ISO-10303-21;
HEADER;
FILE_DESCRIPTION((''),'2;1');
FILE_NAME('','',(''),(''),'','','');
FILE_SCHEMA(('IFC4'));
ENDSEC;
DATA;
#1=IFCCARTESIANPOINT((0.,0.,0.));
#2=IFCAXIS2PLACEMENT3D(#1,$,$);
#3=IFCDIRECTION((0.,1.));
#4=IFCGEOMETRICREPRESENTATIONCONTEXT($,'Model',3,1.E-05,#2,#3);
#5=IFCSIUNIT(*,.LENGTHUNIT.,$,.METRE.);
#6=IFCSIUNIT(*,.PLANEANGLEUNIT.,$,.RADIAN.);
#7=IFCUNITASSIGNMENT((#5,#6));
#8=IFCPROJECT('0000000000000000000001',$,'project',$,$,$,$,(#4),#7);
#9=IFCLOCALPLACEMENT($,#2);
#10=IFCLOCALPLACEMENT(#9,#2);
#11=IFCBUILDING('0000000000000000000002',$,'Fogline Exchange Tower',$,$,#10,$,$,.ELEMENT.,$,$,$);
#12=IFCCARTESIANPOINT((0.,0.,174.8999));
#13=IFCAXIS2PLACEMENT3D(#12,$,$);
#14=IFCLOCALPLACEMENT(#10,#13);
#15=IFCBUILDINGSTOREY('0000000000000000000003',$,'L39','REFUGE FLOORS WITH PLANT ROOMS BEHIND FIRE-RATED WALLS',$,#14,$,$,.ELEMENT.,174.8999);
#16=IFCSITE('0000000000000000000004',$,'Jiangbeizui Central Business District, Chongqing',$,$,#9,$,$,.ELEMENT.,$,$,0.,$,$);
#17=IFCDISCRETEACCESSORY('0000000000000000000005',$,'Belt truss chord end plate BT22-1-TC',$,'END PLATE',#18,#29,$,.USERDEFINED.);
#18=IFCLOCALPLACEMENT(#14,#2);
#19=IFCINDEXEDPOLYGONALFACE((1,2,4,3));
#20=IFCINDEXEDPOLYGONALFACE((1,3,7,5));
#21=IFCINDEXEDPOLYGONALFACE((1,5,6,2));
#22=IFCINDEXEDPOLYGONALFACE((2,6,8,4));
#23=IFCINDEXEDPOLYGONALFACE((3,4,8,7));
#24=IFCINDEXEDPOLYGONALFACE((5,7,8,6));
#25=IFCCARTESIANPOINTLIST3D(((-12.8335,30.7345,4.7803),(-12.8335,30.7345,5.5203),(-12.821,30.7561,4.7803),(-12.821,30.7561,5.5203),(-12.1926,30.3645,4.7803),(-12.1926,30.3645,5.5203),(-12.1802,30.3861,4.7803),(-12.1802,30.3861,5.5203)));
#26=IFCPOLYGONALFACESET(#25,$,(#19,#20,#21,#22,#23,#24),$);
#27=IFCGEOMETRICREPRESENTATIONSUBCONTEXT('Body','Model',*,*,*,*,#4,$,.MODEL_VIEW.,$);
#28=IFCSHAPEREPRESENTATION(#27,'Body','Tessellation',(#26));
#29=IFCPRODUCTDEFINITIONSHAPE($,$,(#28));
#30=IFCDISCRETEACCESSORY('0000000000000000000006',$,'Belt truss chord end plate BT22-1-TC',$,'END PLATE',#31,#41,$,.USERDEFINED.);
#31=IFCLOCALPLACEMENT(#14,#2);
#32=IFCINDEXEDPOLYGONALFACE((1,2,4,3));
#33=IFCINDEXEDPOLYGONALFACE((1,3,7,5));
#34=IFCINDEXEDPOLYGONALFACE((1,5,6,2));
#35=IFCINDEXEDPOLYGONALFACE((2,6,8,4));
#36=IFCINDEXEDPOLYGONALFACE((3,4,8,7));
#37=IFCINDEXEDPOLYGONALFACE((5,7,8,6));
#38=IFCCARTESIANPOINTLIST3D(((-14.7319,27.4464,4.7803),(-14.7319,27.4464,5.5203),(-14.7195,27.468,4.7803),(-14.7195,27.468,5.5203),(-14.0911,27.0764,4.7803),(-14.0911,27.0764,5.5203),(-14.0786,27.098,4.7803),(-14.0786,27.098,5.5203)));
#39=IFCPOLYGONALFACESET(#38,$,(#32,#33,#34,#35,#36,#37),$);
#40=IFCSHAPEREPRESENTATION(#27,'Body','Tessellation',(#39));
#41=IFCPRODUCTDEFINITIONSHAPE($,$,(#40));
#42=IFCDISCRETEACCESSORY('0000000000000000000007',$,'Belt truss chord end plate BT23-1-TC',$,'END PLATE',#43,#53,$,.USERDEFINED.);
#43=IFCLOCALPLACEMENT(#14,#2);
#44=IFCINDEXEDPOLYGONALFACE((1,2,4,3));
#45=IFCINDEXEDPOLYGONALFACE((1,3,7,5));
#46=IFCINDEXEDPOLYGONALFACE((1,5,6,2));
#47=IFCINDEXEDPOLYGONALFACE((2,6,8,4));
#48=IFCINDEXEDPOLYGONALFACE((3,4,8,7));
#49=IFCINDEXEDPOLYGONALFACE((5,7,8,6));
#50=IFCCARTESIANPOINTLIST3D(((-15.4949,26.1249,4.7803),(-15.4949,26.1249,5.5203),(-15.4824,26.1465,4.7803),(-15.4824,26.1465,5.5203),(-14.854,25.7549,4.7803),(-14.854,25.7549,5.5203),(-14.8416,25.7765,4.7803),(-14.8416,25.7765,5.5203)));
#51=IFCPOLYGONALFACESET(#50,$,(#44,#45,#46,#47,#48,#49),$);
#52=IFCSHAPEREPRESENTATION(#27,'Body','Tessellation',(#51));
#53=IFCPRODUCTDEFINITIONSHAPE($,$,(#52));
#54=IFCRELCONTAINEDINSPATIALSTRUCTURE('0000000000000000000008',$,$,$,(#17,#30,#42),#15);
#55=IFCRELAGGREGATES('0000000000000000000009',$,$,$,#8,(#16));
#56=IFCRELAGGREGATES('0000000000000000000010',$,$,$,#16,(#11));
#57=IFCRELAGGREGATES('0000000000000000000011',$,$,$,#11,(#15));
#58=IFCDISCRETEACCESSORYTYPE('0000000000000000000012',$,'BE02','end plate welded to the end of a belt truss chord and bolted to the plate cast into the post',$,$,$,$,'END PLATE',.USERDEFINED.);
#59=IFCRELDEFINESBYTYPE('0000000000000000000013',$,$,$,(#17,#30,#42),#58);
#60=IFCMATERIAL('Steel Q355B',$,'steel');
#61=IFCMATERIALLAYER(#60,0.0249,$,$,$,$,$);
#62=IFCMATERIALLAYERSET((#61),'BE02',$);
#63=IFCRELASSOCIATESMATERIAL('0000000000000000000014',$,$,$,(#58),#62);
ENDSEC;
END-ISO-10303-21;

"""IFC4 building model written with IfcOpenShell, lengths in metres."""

from ifc_helpers import new_model, si_unit, direction, frame, origin, origin_2d, place, context, subcontext, project, spatial, rectangle, extrude, material, layer, layer_set, type_object, element, save


model = new_model("IFC4")

# Units and contexts
model_context = context("Model", 3, precision=1e-05, world=origin(), true_north=direction((0.0, 1.0)))
body_context = subcontext(model_context, "Body", "Model", "MODEL_VIEW")
ifc_project = project(units=[si_unit("LENGTHUNIT", "METRE"), si_unit("PLANEANGLEUNIT", "RADIAN")], contexts=[model_context])

# Site, building, storey
site_placement = place(None, origin())
site = spatial("IfcSite", under=ifc_project, at=site_placement, Name="Jiangbeizui Central Business District, Chongqing", CompositionType="ELEMENT", RefElevation=0.0)
building_placement = place(site_placement, origin())
building = spatial("IfcBuilding", under=site, at=building_placement, Name="Fogline Exchange Tower", CompositionType="ELEMENT")
storey_placement = place(building_placement, frame((0.0, 0.0, 174.8999)))
storey = spatial("IfcBuildingStorey", under=building, at=storey_placement, Name="L39", Description="REFUGE FLOORS WITH PLANT ROOMS BEHIND FIRE-RATED WALLS", CompositionType="ELEMENT", Elevation=174.8999)

# Shared definitions
ifc_material_1 = material(Name="Steel Q355B", Category="steel")

# Discrete accessories
ifc_layer_1 = layer(ifc_material_1, 0.0249)
ifc_layer_set_1 = layer_set([ifc_layer_1], Name="BE02")
discrete_accessory_type = type_object("IfcDiscreteAccessoryType", Name="BE02", Description="end plate welded to the end of a belt truss chord and bolted to the plate cast into the post", ElementType="END PLATE", PredefinedType="USERDEFINED", material=ifc_layer_set_1)
for number, where, z_axis, x_axis, name in (
    (1, (-12.5068, 30.5603, 4.7803), (0.0, 0.0, 1.0), (0.5, 0.866025, 0.0), "Belt truss chord end plate BT22-1-TC"),
    (2, (-14.4053, 27.2722, 4.7803), (0.0, 0.0, 1.0), (-0.5, -0.866025, 0.0), "Belt truss chord end plate BT22-1-TC"),
    (3, (-15.1682, 25.9507, 4.7803), (0.0, 0.0, 1.0), (0.5, 0.866025, 0.0), "Belt truss chord end plate BT23-1-TC"),
):
    element("IfcDiscreteAccessory", number, at=place(storey_placement, frame(where, z_axis=z_axis, x_axis=x_axis)), inside=storey, type_object=discrete_accessory_type, Name=name, ObjectType="END PLATE", PredefinedType="USERDEFINED", context=body_context, shape_type="SweptSolid", body=[
        extrude(rectangle(XDim=0.0249, YDim=0.74, at=origin_2d()), origin(), (0.0, 0.0, 1.0), 0.74),
    ])

save(model, "model.ifc")
